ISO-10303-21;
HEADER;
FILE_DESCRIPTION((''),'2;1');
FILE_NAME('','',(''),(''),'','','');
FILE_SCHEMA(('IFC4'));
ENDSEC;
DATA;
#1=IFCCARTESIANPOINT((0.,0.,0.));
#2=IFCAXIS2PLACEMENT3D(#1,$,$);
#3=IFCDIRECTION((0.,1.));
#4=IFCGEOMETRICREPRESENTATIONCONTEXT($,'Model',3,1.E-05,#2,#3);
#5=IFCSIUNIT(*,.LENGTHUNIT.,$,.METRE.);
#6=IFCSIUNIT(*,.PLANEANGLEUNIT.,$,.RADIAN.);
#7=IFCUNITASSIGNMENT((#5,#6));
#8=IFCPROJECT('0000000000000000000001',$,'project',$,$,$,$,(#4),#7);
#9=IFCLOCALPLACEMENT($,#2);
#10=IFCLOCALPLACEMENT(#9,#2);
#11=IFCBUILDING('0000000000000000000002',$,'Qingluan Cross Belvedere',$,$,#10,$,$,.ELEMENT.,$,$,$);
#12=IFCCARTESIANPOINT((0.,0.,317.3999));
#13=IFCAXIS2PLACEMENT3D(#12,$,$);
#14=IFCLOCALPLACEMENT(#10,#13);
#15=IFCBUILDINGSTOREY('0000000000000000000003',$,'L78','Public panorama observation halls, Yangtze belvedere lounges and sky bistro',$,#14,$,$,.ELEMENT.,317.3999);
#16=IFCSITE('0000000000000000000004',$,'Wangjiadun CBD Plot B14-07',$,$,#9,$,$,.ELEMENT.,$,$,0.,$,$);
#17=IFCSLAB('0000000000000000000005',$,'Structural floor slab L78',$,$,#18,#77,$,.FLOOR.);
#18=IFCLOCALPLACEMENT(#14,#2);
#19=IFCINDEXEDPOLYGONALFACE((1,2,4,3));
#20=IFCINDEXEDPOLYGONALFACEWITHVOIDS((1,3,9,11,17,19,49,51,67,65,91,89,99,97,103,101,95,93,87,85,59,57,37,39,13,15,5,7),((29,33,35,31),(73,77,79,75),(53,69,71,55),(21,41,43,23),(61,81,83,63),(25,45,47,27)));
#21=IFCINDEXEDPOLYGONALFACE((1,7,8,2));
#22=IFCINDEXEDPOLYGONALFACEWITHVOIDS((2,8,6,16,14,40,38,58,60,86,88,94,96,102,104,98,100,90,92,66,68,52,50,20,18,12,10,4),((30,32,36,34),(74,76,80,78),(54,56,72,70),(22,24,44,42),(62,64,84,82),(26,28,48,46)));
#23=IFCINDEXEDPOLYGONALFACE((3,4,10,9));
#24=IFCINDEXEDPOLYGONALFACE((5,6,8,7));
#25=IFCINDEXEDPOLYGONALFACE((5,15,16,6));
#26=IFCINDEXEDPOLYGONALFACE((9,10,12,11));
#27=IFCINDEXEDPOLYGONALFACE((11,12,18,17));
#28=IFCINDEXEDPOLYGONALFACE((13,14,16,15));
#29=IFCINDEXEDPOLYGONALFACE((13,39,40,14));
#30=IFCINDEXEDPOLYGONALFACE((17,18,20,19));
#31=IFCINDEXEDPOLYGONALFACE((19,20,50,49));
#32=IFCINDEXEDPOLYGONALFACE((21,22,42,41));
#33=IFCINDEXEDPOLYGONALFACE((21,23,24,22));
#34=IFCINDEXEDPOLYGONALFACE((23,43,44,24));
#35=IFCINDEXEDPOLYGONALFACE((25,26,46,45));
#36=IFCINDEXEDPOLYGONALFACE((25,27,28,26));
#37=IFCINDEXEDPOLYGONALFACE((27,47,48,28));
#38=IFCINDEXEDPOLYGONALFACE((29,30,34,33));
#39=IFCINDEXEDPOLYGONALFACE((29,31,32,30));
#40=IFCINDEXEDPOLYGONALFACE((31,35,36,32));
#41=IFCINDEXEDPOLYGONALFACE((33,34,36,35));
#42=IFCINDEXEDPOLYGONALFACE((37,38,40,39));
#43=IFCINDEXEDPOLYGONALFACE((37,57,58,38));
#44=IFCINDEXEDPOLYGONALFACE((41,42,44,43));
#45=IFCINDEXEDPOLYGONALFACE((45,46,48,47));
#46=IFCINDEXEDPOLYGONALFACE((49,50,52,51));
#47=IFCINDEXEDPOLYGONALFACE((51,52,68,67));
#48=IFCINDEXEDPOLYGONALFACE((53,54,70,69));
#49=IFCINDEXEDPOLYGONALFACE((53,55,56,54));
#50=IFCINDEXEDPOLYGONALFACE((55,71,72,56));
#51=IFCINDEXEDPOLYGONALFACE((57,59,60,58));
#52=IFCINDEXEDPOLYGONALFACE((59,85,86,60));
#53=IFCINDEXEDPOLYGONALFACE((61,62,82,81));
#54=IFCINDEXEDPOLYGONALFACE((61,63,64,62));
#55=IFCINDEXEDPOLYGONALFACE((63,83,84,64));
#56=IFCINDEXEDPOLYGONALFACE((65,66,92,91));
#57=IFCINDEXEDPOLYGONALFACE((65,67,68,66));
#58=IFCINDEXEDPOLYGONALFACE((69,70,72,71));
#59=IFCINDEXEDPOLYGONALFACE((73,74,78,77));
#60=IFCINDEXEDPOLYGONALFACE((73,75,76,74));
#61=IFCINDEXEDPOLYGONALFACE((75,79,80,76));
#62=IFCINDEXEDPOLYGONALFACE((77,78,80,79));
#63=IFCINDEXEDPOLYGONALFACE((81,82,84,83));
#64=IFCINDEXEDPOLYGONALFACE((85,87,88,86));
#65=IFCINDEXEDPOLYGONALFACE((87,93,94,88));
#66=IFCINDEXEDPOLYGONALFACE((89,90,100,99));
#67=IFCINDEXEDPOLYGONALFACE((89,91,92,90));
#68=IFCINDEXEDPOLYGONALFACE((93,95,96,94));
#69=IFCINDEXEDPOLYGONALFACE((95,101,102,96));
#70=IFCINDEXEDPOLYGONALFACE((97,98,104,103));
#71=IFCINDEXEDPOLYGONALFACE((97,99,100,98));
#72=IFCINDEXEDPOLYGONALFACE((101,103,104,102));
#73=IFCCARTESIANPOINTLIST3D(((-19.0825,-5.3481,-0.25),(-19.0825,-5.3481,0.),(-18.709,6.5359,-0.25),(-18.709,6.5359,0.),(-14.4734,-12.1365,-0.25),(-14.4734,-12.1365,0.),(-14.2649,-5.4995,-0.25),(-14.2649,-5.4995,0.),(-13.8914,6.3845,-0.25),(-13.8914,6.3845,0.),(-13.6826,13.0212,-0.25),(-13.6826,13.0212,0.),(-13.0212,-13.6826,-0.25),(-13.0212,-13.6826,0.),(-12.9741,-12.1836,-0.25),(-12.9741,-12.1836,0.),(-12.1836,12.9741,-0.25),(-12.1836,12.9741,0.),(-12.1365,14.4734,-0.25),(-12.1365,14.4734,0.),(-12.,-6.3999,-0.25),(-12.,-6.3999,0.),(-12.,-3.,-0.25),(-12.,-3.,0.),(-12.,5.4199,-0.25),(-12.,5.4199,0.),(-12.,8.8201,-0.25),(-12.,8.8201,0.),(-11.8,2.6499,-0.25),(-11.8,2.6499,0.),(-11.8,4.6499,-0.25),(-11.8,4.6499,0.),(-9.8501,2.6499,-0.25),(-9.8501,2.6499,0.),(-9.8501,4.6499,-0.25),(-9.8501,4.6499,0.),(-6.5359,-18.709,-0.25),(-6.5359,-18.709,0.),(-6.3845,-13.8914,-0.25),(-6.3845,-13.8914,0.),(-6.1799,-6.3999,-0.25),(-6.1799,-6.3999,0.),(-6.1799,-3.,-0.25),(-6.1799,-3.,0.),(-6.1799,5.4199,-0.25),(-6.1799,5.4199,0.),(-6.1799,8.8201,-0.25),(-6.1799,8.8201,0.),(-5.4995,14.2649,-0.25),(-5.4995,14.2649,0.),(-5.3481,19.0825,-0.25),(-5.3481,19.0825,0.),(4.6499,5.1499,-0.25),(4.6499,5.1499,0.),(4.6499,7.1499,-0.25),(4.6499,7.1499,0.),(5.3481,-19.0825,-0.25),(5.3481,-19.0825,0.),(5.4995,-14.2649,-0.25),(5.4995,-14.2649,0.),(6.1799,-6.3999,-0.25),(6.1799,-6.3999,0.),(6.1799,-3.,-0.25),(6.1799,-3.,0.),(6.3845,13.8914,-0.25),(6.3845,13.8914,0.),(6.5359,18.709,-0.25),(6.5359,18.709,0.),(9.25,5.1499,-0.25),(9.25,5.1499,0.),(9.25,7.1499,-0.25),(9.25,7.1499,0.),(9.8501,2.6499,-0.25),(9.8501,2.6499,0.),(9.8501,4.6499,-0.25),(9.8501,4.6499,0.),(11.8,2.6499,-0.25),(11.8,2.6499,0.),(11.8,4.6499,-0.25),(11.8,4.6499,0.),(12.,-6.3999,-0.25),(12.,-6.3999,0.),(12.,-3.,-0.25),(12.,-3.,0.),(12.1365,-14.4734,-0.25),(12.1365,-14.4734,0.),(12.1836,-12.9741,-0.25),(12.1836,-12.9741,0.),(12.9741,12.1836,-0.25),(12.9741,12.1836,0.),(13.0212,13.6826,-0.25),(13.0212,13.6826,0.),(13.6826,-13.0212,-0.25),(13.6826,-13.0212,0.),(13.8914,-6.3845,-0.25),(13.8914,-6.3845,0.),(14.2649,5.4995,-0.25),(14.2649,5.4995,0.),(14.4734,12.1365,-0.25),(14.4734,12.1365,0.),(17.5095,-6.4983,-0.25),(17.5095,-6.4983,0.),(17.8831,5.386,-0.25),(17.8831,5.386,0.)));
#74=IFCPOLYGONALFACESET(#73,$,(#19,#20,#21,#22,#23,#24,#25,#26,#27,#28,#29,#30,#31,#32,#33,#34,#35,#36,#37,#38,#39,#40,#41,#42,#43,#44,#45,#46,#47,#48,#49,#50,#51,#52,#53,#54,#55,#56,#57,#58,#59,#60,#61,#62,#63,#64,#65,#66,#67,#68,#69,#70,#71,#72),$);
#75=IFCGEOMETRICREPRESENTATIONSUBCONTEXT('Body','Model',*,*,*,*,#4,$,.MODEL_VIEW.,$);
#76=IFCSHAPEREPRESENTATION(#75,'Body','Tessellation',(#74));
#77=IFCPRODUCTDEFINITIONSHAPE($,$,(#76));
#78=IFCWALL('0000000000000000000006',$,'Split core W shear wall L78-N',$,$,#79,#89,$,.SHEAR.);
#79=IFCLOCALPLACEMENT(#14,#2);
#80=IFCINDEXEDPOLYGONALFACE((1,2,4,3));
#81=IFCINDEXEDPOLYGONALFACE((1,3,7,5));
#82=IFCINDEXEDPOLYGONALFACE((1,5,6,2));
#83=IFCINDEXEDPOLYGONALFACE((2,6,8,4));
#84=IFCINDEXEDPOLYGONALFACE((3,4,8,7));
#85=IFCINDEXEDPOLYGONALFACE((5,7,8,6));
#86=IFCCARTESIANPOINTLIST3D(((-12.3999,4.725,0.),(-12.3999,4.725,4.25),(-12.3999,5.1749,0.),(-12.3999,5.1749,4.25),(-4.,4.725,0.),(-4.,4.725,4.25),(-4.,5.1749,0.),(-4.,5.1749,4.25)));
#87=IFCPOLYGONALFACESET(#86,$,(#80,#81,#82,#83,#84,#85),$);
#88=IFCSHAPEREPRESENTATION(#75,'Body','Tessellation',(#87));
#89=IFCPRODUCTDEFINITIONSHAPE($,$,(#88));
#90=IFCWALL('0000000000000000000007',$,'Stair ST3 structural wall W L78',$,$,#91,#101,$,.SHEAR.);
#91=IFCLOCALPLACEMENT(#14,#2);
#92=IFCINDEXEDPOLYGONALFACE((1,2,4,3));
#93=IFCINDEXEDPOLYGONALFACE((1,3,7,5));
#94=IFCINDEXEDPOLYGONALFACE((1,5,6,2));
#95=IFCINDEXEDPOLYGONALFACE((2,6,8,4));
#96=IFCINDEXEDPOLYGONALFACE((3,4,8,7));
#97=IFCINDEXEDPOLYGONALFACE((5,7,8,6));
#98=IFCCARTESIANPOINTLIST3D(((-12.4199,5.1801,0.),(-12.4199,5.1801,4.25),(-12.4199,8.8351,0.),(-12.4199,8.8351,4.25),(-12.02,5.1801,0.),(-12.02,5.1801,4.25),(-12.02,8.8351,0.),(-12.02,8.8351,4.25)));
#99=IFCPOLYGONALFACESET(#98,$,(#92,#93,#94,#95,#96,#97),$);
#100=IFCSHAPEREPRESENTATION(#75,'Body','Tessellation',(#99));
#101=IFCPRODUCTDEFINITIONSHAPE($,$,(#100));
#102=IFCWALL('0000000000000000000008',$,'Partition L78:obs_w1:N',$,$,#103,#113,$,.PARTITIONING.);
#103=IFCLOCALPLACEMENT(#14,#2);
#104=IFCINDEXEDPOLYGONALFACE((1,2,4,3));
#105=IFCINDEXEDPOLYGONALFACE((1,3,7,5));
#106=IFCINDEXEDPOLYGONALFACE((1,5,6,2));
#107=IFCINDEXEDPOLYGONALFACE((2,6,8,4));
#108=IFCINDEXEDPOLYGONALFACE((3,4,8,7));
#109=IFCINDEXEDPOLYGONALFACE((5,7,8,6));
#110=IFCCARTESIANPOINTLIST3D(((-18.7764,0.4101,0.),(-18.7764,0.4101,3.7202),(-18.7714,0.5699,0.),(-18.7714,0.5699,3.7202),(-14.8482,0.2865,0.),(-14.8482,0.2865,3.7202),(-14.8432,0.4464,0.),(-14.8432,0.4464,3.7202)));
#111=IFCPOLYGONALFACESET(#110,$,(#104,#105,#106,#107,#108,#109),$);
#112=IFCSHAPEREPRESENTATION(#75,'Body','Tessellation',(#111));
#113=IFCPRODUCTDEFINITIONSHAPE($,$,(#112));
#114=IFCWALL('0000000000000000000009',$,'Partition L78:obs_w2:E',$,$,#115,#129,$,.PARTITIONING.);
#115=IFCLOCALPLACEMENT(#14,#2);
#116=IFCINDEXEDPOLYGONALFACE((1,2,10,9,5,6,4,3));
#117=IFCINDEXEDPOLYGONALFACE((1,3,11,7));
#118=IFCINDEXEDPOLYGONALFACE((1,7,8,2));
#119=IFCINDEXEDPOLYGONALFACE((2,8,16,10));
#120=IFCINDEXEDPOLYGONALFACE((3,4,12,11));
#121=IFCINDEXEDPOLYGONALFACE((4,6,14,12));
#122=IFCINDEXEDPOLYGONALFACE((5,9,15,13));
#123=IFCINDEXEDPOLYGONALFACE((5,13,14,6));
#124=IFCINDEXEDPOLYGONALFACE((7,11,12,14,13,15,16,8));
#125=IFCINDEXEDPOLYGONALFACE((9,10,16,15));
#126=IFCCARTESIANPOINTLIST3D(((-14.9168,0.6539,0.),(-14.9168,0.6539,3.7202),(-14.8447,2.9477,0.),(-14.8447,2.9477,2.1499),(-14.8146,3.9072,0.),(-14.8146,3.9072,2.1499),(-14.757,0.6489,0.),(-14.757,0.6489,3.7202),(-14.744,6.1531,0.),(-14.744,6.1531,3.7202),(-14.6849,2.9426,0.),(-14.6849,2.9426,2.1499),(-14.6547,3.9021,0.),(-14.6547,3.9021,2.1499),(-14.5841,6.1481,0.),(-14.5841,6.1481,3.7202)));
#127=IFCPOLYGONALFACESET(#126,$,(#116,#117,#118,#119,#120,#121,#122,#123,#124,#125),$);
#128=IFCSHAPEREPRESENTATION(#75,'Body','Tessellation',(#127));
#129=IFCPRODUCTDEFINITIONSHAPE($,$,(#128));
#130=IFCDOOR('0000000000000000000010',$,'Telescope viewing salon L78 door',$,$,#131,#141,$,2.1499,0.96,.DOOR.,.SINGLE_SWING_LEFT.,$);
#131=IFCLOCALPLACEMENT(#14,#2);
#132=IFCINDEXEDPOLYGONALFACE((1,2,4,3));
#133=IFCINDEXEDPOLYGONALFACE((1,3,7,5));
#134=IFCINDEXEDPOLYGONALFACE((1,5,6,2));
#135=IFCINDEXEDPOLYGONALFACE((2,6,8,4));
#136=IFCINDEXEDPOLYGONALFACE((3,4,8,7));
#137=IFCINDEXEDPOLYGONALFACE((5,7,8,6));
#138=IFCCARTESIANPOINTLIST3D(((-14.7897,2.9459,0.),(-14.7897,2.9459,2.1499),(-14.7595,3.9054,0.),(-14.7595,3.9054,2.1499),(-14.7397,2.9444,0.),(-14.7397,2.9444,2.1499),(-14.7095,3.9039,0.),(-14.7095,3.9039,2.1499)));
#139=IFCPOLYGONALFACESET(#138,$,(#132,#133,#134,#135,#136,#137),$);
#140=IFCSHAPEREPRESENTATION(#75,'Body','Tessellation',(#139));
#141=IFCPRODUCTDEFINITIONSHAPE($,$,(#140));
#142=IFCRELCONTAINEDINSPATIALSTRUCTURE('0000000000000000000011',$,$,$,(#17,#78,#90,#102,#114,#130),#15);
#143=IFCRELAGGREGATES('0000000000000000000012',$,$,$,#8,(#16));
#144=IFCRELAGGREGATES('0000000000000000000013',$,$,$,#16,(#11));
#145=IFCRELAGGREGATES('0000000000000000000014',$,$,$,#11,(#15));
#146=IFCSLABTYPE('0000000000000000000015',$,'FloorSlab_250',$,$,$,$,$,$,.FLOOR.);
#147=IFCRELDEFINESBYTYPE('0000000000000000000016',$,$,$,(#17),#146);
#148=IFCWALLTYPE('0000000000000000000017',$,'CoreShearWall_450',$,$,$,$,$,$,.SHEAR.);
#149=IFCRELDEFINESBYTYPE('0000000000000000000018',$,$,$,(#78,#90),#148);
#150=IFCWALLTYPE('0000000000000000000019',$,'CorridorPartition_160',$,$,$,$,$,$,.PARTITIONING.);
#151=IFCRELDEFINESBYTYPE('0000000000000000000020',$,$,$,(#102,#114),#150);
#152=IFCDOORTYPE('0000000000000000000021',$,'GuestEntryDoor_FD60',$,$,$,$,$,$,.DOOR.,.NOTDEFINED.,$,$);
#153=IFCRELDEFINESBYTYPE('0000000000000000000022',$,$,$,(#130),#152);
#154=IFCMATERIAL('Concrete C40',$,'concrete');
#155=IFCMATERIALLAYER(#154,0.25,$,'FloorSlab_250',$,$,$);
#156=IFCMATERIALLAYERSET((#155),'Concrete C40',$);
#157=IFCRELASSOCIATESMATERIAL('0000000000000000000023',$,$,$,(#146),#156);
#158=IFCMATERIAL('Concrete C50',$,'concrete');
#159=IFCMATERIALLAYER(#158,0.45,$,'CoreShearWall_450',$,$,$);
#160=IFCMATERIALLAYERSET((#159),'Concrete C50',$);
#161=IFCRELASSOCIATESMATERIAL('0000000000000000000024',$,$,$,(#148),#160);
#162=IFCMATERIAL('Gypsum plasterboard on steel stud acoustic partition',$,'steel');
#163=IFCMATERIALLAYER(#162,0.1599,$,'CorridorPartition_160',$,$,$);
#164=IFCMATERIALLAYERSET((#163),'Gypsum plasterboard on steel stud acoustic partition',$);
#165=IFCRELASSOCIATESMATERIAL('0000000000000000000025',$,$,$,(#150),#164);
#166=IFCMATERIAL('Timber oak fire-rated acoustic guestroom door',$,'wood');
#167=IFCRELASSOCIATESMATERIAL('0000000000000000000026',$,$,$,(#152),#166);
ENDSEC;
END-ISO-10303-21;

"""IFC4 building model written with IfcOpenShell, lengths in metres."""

from ifc_helpers import new_model, si_unit, direction, frame, frame_2d, origin, place, context, subcontext, project, spatial, polyline, rectangle, outline, extrude, material, layer, layer_set, type_object, element, fill, save


model = new_model("IFC4")

# Units and contexts
model_context = context("Model", 3, precision=1e-05, world=origin(), true_north=direction((0.0, 1.0)))
body_context = subcontext(model_context, "Body", "Model", "MODEL_VIEW")
ifc_project = project(units=[si_unit("LENGTHUNIT", "METRE"), si_unit("PLANEANGLEUNIT", "RADIAN")], contexts=[model_context])

# Site, building, storey
site_placement = place(None, origin())
site = spatial("IfcSite", under=ifc_project, at=site_placement, Name="Wangjiadun CBD Plot B14-07", CompositionType="ELEMENT", RefElevation=0.0)
building_placement = place(site_placement, origin())
building = spatial("IfcBuilding", under=site, at=building_placement, Name="Qingluan Cross Belvedere", CompositionType="ELEMENT")
storey_placement = place(building_placement, frame((0.0, 0.0, 317.3999)))
storey = spatial("IfcBuildingStorey", under=building, at=storey_placement, Name="L78", Description="Public panorama observation halls, Yangtze belvedere lounges and sky bistro", CompositionType="ELEMENT", Elevation=317.3999)

# Slab
ifc_material_1 = material(Name="Concrete C40", Category="concrete")
ifc_layer_1 = layer(ifc_material_1, 0.25, Name="FloorSlab_250")
ifc_layer_set_1 = layer_set([ifc_layer_1], Name="Concrete C40")
slab_type = type_object("IfcSlabType", Name="FloorSlab_250", PredefinedType="FLOOR", material=ifc_layer_set_1)
slab_placement = place(storey_placement, frame((0.0, 0.0, -0.25)))
element("IfcSlab", 1, at=slab_placement, inside=storey, type_object=slab_type, Name="Structural floor slab L78", PredefinedType="FLOOR", context=body_context, shape_type="SweptSolid", body=[
    extrude(outline(polyline([(5.3481, -19.0825), (5.4995, -14.2649), (12.1365, -14.4734), (12.1836, -12.9741), (13.6826, -13.0212), (13.8914, -6.3845), (17.5095, -6.4983), (17.8831, 5.386), (14.2649, 5.4995), (14.4734, 12.1365), (12.9741, 12.1836), (13.0212, 13.6826), (6.3845, 13.8914), (6.5359, 18.709), (-5.3481, 19.0825), (-5.4995, 14.2649), (-12.1365, 14.4734), (-12.1836, 12.9741), (-13.6826, 13.0212), (-13.8914, 6.3845), (-18.709, 6.5359), (-19.0825, -5.3481), (-14.2649, -5.4995), (-14.4734, -12.1365), (-12.9741, -12.1836), (-13.0212, -13.6826), (-6.3845, -13.8914), (-6.5359, -18.709), (5.3481, -19.0825)]), holes=[polyline([(-12.0, -3.0), (-6.1799, -3.0), (-6.1799, -6.3999), (-12.0, -6.3999), (-12.0, -3.0)]), polyline([(6.1799, -3.0), (12.0, -3.0), (12.0, -6.3999), (6.1799, -6.3999), (6.1799, -3.0)]), polyline([(-12.0, 8.8201), (-6.1799, 8.8201), (-6.1799, 5.4199), (-12.0, 5.4199), (-12.0, 8.8201)]), polyline([(-11.8, 4.6499), (-9.8501, 4.6499), (-9.8501, 2.6499), (-11.8, 2.6499), (-11.8, 4.6499)]), polyline([(9.8501, 4.6499), (11.8, 4.6499), (11.8, 2.6499), (9.8501, 2.6499), (9.8501, 4.6499)]), polyline([(4.6499, 7.1499), (9.25, 7.1499), (9.25, 5.1499), (4.6499, 5.1499), (4.6499, 7.1499)])]), origin(), (0.0, 0.0, 1.0), 0.25),
])

# Walls
ifc_material_2 = material(Name="Concrete C50", Category="concrete")
ifc_layer_2 = layer(ifc_material_2, 0.45, Name="CoreShearWall_450")
ifc_layer_set_2 = layer_set([ifc_layer_2], Name="Concrete C50")
wall_type_1 = type_object("IfcWallType", Name="CoreShearWall_450", PredefinedType="SHEAR", material=ifc_layer_set_2)
wall_1_placement = place(storey_placement, frame((-12.3999, 4.95, 0.0), z_axis=(0.0, 0.0, 1.0), x_axis=(1.0, 0.0, 0.0)))
element("IfcWall", 2, at=wall_1_placement, inside=storey, type_object=wall_type_1, Name="Split core W shear wall L78-N", PredefinedType="SHEAR", context=body_context, shape_type="SweptSolid", body=[
    extrude(rectangle(XDim=8.3999, YDim=0.45, at=frame_2d((4.2, 0.0))), origin(), (0.0, 0.0, 1.0), 4.25),
])
wall_2_placement = place(storey_placement, frame((-12.22, 5.1799, 0.0), z_axis=(0.0, 0.0, 1.0), x_axis=(0.0, 1.0, 0.0)))
element("IfcWall", 3, at=wall_2_placement, inside=storey, type_object=wall_type_1, Name="Stair ST3 structural wall W L78", PredefinedType="SHEAR", context=body_context, shape_type="SweptSolid", body=[
    extrude(rectangle(XDim=3.655, YDim=0.3999, at=frame_2d((1.8276, 0.0))), origin(), (0.0, 0.0, 1.0), 4.25),
])
ifc_material_3 = material(Name="Gypsum plasterboard on steel stud acoustic partition", Category="steel")
ifc_layer_3 = layer(ifc_material_3, 0.1599, Name="CorridorPartition_160")
ifc_layer_set_3 = layer_set([ifc_layer_3], Name="Gypsum plasterboard on steel stud acoustic partition")
wall_type_2 = type_object("IfcWallType", Name="CorridorPartition_160", PredefinedType="PARTITIONING", material=ifc_layer_set_3)
wall_3_placement = place(storey_placement, frame((-18.7739, 0.49, 0.0), z_axis=(0.0, 0.0, 1.0), x_axis=(0.999506, -0.031433, 0.0)))
element("IfcWall", 4, at=wall_3_placement, inside=storey, type_object=wall_type_2, Name="Partition L78:obs_w1:N", PredefinedType="PARTITIONING", context=body_context, shape_type="SweptSolid", body=[
    extrude(rectangle(XDim=3.9302, YDim=0.1599, at=frame_2d((1.9651, 0.0))), origin(), (0.0, 0.0, 1.0), 3.7202),
])

# Wall, opening, door
wall_4_placement = place(storey_placement, frame((-14.8369, 0.6514, 0.0), z_axis=(0.0, 0.0, 1.0), x_axis=(0.031416, 0.999506, 0.0)))
wall_4 = element("IfcWall", 5, at=wall_4_placement, inside=storey, type_object=wall_type_2, Name="Partition L78:obs_w2:E", PredefinedType="PARTITIONING", context=body_context, shape_type="SweptSolid", body=[
    extrude(rectangle(XDim=5.502, YDim=0.1599, at=frame_2d((2.751, 0.0))), origin(), (0.0, 0.0, 1.0), 3.7202),
])
opening_1_placement = place(wall_4_placement, frame((2.2949, 0.0, 0.0)))
opening_1 = element("IfcOpeningElement", 6, at=opening_1_placement, cuts=wall_4, PredefinedType="OPENING", context=body_context, shape_type="SweptSolid", body=[
    extrude(rectangle(XDim=0.96, YDim=2.1499, at=frame_2d((0.48, 1.075))), frame((0.0, 0.0898, 0.0), z_axis=(0.0, -1.0, 0.0), x_axis=(1.0, 0.0, 0.0)), (0.0, 0.0, 1.0), 0.1799),
])
ifc_material_4 = material(Name="Timber oak fire-rated acoustic guestroom door", Category="wood")
door_type_1 = type_object("IfcDoorType", Name="GuestEntryDoor_FD60", OperationType="NOTDEFINED", PredefinedType="DOOR", material=ifc_material_4)
door_1_placement = place(opening_1_placement, origin())
door_1 = element("IfcDoor", 7, at=door_1_placement, inside=storey, type_object=door_type_1, Name="Telescope viewing salon L78 door", OperationType="SINGLE_SWING_LEFT", OverallHeight=2.1499, OverallWidth=0.96, PredefinedType="DOOR", context=body_context, shape_type="SweptSolid", body=[
    extrude(rectangle(XDim=0.96, YDim=2.1499, at=frame_2d((0.48, 1.075))), frame((0.0, 0.0249, 0.0), z_axis=(0.0, -1.0, 0.0), x_axis=(1.0, 0.0, 0.0)), (0.0, 0.0, 1.0), 0.05),
])
fill(opening_1, door_1)

save(model, "model.ifc")
